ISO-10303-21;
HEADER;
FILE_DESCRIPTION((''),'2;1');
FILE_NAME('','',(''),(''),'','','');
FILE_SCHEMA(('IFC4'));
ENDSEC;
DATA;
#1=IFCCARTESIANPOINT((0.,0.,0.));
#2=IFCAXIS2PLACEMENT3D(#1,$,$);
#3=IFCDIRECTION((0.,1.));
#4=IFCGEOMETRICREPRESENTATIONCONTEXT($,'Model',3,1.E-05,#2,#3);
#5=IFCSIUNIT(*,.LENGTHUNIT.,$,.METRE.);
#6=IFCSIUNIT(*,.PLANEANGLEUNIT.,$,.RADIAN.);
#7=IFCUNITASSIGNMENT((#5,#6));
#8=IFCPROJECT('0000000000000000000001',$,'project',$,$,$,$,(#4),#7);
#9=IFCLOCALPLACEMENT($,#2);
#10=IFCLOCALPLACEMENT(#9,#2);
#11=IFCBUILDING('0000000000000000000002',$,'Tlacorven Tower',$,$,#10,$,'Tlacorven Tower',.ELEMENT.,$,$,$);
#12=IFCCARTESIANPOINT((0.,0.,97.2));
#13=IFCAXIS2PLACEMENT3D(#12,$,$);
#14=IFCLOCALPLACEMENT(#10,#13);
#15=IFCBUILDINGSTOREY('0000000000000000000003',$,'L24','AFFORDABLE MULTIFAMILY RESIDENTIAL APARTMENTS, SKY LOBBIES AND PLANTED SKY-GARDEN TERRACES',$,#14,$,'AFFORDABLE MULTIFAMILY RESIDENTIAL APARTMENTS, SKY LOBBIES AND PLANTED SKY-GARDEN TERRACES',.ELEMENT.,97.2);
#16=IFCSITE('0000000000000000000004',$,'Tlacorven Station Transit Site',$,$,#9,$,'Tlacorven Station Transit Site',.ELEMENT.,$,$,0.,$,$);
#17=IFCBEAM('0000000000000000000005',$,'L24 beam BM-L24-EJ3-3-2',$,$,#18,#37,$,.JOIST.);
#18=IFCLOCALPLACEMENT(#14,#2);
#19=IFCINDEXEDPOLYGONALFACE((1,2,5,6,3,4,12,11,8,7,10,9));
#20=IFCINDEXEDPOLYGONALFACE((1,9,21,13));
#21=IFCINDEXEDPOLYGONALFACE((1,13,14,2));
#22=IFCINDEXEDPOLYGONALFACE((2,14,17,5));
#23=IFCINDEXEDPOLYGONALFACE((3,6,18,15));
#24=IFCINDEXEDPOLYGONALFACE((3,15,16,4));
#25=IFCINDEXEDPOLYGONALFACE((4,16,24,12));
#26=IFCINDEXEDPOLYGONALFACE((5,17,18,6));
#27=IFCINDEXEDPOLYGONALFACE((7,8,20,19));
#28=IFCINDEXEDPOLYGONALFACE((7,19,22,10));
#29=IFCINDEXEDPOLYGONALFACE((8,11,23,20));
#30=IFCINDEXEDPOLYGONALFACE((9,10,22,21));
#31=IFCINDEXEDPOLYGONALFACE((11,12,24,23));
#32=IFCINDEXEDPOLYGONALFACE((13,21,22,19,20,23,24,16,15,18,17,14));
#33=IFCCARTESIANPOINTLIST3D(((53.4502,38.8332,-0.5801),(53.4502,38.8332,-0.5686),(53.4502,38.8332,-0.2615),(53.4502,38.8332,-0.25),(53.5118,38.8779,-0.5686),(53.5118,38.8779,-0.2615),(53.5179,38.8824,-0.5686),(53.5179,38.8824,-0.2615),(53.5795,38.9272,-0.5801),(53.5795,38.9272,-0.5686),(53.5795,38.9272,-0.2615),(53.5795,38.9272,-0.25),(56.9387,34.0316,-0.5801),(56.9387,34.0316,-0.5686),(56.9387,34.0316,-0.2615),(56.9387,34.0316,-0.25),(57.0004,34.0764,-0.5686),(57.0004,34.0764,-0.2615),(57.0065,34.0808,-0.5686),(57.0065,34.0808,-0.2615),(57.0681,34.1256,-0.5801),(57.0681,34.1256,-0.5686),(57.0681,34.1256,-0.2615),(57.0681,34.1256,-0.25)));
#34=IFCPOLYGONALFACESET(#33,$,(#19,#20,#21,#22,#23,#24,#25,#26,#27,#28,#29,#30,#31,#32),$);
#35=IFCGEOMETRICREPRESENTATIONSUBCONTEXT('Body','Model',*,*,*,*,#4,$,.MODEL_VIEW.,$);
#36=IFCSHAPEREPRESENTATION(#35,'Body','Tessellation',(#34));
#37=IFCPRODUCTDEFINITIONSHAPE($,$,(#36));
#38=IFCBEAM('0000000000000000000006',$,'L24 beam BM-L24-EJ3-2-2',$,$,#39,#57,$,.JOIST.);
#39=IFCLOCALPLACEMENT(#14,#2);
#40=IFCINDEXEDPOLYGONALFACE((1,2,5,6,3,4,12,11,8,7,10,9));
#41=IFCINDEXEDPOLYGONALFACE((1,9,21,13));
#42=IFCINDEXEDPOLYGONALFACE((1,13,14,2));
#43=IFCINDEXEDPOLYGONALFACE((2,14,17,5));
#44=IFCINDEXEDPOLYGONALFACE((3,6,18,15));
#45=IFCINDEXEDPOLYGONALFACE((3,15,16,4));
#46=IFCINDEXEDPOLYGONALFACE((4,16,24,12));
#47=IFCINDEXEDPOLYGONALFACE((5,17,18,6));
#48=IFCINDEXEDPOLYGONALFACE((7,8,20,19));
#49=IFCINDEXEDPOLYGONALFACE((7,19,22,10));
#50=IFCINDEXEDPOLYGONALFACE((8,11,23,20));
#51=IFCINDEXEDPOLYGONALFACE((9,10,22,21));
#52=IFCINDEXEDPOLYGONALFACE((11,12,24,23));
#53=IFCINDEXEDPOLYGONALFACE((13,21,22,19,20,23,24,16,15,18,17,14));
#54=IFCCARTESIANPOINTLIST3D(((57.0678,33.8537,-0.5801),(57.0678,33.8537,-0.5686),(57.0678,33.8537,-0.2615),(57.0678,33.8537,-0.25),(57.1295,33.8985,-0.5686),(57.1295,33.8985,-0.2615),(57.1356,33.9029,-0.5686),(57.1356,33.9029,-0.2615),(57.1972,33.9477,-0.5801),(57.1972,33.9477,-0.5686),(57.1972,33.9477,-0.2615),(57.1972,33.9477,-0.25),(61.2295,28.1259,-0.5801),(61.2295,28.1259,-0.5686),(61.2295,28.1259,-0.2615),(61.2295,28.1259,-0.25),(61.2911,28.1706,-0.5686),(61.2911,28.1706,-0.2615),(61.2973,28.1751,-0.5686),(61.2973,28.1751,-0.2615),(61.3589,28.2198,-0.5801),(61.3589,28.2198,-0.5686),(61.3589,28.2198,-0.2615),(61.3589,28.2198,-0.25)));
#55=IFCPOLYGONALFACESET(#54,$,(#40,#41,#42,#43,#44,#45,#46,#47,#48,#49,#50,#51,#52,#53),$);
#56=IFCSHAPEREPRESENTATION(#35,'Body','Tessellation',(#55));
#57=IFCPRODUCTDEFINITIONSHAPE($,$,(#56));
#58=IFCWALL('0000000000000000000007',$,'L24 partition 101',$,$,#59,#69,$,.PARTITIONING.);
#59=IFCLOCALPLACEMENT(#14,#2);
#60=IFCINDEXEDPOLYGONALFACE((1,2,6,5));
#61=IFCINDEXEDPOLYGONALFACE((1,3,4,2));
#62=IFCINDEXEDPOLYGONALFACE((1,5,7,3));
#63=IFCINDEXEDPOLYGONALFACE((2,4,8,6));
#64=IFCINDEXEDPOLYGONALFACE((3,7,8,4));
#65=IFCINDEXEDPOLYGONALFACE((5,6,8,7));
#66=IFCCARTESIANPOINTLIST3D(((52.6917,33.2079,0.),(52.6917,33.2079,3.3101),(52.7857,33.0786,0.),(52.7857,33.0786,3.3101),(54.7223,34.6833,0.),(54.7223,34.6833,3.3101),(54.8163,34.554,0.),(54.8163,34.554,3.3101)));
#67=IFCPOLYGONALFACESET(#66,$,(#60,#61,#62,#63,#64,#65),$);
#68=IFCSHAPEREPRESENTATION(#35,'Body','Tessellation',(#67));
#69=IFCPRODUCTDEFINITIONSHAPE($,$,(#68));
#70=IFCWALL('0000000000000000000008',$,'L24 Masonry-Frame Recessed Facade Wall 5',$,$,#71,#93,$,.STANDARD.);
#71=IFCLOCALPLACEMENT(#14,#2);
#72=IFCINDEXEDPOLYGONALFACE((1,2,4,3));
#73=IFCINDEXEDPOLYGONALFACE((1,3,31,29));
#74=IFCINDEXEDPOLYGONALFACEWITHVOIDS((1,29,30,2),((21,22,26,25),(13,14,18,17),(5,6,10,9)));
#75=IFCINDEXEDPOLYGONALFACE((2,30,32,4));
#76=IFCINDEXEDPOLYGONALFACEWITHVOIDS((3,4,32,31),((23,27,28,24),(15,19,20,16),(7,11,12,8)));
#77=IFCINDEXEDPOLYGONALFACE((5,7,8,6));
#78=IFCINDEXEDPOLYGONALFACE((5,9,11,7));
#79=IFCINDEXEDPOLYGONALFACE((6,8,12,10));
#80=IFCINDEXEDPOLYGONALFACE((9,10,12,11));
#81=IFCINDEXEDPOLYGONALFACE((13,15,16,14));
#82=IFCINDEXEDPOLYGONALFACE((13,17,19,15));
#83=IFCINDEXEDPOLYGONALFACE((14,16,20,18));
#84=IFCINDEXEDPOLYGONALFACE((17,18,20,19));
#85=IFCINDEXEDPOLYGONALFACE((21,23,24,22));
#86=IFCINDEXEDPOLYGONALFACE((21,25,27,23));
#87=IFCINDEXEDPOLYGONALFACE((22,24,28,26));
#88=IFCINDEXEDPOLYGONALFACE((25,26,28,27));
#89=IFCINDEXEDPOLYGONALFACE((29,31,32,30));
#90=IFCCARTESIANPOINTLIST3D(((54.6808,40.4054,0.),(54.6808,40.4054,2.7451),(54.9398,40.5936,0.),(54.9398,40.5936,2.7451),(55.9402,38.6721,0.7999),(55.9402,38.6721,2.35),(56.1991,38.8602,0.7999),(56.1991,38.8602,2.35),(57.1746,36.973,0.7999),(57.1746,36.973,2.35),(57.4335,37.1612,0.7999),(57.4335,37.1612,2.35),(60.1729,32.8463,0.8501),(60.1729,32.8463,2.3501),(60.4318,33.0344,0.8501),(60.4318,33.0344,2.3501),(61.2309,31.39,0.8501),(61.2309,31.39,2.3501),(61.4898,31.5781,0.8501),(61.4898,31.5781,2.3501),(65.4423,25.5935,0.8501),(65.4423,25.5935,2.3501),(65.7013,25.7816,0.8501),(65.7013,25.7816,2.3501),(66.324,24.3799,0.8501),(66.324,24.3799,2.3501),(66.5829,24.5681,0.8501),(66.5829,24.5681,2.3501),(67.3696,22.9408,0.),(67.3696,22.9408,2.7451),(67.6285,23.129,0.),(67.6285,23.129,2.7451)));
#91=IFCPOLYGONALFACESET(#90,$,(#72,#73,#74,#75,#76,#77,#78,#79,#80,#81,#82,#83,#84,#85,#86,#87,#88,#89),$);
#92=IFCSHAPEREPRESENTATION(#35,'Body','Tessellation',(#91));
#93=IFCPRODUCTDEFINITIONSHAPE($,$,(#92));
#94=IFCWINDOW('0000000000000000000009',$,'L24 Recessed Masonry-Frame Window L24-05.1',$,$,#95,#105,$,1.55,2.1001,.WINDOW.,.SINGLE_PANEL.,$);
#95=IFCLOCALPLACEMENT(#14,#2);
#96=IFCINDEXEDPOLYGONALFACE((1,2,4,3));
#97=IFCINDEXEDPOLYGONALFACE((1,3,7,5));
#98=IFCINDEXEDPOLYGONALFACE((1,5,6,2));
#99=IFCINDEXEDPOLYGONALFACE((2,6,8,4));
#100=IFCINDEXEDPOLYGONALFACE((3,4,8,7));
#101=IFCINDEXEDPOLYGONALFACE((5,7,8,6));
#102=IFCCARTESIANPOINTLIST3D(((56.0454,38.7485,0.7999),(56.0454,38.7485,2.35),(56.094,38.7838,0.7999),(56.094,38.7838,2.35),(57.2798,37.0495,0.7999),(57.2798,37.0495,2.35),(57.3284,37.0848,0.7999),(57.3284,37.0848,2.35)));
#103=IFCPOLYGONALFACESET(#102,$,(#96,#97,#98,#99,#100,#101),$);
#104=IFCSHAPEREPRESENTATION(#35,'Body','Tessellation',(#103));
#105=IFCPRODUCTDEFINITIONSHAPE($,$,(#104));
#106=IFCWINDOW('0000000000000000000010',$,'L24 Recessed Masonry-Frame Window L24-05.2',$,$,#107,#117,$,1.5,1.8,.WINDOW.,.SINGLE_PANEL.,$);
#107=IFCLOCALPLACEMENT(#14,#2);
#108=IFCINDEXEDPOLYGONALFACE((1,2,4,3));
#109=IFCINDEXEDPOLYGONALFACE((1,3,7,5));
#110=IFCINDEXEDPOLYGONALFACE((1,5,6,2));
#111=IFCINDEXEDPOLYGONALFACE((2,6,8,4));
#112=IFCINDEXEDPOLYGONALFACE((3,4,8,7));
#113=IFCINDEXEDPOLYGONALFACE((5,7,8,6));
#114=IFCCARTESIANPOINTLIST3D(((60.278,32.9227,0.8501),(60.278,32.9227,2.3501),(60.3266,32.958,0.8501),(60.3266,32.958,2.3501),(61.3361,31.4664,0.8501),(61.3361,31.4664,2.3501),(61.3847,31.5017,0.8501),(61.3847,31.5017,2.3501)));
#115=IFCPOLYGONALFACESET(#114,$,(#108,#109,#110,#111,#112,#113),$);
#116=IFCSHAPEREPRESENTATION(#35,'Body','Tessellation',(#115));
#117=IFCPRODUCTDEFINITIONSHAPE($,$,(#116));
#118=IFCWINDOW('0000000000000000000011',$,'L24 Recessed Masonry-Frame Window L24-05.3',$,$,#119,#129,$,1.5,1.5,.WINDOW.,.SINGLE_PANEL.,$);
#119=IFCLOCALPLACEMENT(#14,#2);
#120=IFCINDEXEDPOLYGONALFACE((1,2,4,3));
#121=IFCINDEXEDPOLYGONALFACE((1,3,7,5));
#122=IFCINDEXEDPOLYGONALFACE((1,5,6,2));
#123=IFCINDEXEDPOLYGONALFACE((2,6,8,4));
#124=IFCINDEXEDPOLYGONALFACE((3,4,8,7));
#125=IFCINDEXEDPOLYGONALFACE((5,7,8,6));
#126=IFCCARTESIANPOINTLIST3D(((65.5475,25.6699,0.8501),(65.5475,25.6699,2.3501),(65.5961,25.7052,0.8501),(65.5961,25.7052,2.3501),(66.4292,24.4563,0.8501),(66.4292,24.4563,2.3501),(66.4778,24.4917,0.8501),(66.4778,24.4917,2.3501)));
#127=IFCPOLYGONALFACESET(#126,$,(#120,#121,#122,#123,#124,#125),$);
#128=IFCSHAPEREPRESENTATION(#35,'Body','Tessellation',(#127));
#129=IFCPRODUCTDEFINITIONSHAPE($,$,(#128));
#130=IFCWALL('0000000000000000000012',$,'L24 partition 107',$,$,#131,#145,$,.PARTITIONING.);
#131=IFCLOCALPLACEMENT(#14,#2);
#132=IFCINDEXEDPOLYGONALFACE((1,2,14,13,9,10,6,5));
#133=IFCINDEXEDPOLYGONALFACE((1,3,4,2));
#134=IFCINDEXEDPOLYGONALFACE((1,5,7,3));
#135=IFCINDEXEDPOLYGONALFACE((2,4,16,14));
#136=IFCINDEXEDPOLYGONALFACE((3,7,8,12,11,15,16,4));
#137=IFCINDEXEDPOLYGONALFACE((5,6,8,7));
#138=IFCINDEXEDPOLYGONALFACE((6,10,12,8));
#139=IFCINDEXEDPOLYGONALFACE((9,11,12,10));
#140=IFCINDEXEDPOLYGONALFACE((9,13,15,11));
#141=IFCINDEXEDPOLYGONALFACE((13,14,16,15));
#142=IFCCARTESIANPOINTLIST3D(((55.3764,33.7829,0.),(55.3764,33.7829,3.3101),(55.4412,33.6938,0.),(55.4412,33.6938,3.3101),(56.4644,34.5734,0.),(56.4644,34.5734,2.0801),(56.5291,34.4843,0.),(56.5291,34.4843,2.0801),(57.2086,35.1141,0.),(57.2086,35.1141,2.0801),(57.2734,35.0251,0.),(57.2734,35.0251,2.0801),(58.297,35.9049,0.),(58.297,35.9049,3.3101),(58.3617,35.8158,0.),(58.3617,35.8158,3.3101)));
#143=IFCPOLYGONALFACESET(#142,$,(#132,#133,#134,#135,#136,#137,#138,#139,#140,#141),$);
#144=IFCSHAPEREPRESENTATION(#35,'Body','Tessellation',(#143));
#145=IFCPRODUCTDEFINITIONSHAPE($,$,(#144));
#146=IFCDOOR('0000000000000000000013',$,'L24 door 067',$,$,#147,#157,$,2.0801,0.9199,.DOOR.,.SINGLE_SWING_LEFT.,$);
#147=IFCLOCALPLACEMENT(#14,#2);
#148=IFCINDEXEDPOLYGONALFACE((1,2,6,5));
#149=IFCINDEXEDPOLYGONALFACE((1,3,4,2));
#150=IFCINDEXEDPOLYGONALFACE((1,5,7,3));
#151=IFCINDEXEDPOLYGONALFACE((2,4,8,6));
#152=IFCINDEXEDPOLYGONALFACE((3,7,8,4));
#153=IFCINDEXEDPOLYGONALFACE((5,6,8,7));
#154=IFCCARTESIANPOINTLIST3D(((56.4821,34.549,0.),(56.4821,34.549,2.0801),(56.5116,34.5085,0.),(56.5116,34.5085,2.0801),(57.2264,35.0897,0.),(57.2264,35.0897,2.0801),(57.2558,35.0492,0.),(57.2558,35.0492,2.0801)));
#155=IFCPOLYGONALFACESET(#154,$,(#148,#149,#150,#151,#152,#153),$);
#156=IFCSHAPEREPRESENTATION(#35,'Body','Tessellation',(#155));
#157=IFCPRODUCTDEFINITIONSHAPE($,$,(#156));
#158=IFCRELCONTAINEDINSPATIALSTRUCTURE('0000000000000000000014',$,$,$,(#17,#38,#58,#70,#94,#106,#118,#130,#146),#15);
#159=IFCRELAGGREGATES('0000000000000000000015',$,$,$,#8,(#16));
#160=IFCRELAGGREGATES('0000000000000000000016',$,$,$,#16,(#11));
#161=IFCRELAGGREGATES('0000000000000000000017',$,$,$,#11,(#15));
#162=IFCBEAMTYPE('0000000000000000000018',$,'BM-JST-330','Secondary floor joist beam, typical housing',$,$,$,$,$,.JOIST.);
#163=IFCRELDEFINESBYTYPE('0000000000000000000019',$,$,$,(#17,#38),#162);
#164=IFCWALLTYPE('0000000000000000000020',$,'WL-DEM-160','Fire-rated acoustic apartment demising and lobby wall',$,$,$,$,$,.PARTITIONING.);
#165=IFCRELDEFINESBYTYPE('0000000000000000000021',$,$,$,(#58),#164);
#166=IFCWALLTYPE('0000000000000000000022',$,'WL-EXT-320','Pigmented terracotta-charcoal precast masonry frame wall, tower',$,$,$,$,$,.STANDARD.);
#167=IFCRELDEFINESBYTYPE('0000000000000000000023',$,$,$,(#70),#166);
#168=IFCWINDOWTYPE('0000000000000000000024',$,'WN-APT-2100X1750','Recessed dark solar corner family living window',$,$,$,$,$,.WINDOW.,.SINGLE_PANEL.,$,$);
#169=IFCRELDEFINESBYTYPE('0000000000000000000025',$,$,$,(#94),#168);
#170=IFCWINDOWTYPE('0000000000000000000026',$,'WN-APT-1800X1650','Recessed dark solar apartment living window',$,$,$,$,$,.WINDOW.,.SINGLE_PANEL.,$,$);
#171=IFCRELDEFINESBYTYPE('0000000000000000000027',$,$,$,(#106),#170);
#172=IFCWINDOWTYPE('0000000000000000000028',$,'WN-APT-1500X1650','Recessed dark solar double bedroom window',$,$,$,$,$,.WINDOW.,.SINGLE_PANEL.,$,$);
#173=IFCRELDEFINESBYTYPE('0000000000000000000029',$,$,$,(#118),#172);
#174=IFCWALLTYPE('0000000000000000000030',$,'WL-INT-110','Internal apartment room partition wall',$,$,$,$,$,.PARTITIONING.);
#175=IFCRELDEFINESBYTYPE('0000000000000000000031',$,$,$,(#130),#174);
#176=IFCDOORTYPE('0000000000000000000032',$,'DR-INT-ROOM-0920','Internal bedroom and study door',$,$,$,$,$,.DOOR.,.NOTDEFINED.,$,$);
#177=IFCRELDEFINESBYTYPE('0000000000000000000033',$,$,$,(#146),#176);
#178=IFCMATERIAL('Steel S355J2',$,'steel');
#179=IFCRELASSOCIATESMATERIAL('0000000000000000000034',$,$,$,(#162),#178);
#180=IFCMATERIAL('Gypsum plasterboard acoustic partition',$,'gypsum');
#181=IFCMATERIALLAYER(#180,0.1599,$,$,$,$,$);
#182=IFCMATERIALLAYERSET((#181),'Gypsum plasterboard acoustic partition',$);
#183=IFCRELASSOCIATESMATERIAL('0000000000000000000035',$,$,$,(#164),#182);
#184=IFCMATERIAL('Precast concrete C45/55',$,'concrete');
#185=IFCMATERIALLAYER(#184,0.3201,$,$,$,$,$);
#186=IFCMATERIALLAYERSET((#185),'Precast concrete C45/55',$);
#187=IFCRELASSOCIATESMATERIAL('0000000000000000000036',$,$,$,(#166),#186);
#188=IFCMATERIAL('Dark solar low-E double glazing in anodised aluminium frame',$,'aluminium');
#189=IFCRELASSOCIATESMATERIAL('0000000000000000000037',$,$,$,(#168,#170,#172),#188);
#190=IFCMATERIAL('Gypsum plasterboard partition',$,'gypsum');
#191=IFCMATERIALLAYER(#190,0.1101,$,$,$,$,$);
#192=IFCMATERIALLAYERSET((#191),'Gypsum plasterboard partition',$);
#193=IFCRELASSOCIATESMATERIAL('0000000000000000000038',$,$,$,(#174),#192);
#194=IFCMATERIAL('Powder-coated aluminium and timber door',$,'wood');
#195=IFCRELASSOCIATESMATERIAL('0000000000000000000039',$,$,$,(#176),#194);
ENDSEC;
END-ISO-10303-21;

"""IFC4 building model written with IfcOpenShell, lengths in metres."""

from ifc_helpers import new_model, si_unit, direction, frame, frame_2d, origin, origin_2d, place, context, subcontext, project, spatial, rectangle, i_section, extrude, source, transform, mapped, material, layer, layer_set, material_profile, profile_set, type_object, element, fill, save


model = new_model("IFC4")

# Units and contexts
model_context = context("Model", 3, precision=1e-05, world=origin(), true_north=direction((0.0, 1.0)))
body_context = subcontext(model_context, "Body", "Model", "MODEL_VIEW")
ifc_project = project(units=[si_unit("LENGTHUNIT", "METRE"), si_unit("PLANEANGLEUNIT", "RADIAN")], contexts=[model_context])

# Site, building, storey
site_placement = place(None, origin())
site = spatial("IfcSite", under=ifc_project, at=site_placement, Name="Tlacorven Station Transit Site", LongName="Tlacorven Station Transit Site", CompositionType="ELEMENT", RefElevation=0.0)
building_placement = place(site_placement, origin())
building = spatial("IfcBuilding", under=site, at=building_placement, Name="Tlacorven Tower", LongName="Tlacorven Tower", CompositionType="ELEMENT")
storey_placement = place(building_placement, frame((0.0, 0.0, 97.2)))
storey = spatial("IfcBuildingStorey", under=building, at=storey_placement, Name="L24", Description="AFFORDABLE MULTIFAMILY RESIDENTIAL APARTMENTS, SKY LOBBIES AND PLANTED SKY-GARDEN TERRACES", LongName="AFFORDABLE MULTIFAMILY RESIDENTIAL APARTMENTS, SKY LOBBIES AND PLANTED SKY-GARDEN TERRACES", CompositionType="ELEMENT", Elevation=97.2)

# Beams
ifc_material_1 = material(Name="Steel S355J2", Category="steel")
ifc_material_profile_1 = material_profile(ifc_material_1, i_section(OverallWidth=0.1599, OverallDepth=0.3301, WebThickness=0.0076, FlangeThickness=0.0115, at=origin_2d()), Name="IPE 330")
ifc_profile_set_1 = profile_set([ifc_material_profile_1], Name="Steel S355J2")
beam_type_1 = type_object("IfcBeamType", Name="BM-JST-330", Description="Secondary floor joist beam, typical housing", PredefinedType="JOIST", material=ifc_profile_set_1)
shared_shape_1 = source(origin(), body_context, "Body", "SweptSolid", [
    extrude(i_section(OverallWidth=0.1599, OverallDepth=0.3301, WebThickness=0.0076, FlangeThickness=0.0115, at=origin_2d()), origin(), (0.0, 0.0, 1.0), 5.9351),
])
for number, where, z_axis, x_axis, name in (
    (1, (57.0034, 34.0786, -0.415), (-0.587788, 0.809015, 0.0), (-0.809015, -0.587788, 0.0), "L24 beam BM-L24-EJ3-3-2"),
):
    element("IfcBeam", number, at=place(storey_placement, frame(where, z_axis=z_axis, x_axis=x_axis)), inside=storey, type_object=beam_type_1, Name=name, PredefinedType="JOIST", context=body_context, shape_type="MappedRepresentation", body=[
        mapped(shared_shape_1, transform((0.0, 0.0, 0.0), scale=1.0)),
    ])
shared_shape_2 = source(origin(), body_context, "Body", "SweptSolid", [
    extrude(i_section(OverallWidth=0.1599, OverallDepth=0.3301, WebThickness=0.0076, FlangeThickness=0.0115, at=origin_2d()), origin(), (0.0, 0.0, 1.0), 7.0801),
])
beam_1_placement = place(storey_placement, frame((61.2942, 28.1729, -0.415), z_axis=(-0.587798, 0.809007, 0.0), x_axis=(-0.809007, -0.587798, 0.0)))
element("IfcBeam", 2, at=beam_1_placement, inside=storey, type_object=beam_type_1, Name="L24 beam BM-L24-EJ3-2-2", PredefinedType="JOIST", context=body_context, shape_type="MappedRepresentation", body=[
    mapped(shared_shape_2, transform((0.0, 0.0, 0.0), scale=1.0)),
])

# Wall
ifc_material_2 = material(Name="Gypsum plasterboard acoustic partition", Category="gypsum")
ifc_layer_1 = layer(ifc_material_2, 0.1599)
ifc_layer_set_1 = layer_set([ifc_layer_1], Name="Gypsum plasterboard acoustic partition")
wall_type_1 = type_object("IfcWallType", Name="WL-DEM-160", Description="Fire-rated acoustic apartment demising and lobby wall", PredefinedType="PARTITIONING", material=ifc_layer_set_1)
wall_1_placement = place(storey_placement, frame((52.7388, 33.1433, 0.0), z_axis=(0.0, 0.0, 1.0), x_axis=(0.809001, 0.587807, 0.0)))
element("IfcWall", 3, at=wall_1_placement, inside=storey, type_object=wall_type_1, Name="L24 partition 101", PredefinedType="PARTITIONING", context=body_context, shape_type="SweptSolid", body=[
    extrude(rectangle(XDim=2.51, YDim=0.1599, at=frame_2d((1.2549, 0.0))), origin(), (0.0, 0.0, 1.0), 3.3101),
])

# Wall, openings, windows
ifc_material_3 = material(Name="Precast concrete C45/55", Category="concrete")
ifc_layer_2 = layer(ifc_material_3, 0.3201)
ifc_layer_set_2 = layer_set([ifc_layer_2], Name="Precast concrete C45/55")
wall_type_2 = type_object("IfcWallType", Name="WL-EXT-320", Description="Pigmented terracotta-charcoal precast masonry frame wall, tower", PredefinedType="STANDARD", material=ifc_layer_set_2)
wall_2_placement = place(storey_placement, frame((54.8103, 40.4995, 0.0), z_axis=(0.0, 0.0, 1.0), x_axis=(0.587784, -0.809018, 0.0)))
wall_2 = element("IfcWall", 4, at=wall_2_placement, inside=storey, type_object=wall_type_2, Name="L24 Masonry-Frame Recessed Facade Wall 5", PredefinedType="STANDARD", context=body_context, shape_type="SweptSolid", body=[
    extrude(rectangle(XDim=21.5874, YDim=0.3201, at=frame_2d((10.7937, 0.0))), origin(), (0.0, 0.0, 1.0), 2.7451),
])
opening_1_placement = place(wall_2_placement, frame((2.1426, 0.0, 0.8)))
opening_1 = element("IfcOpeningElement", 5, at=opening_1_placement, cuts=wall_2, PredefinedType="OPENING", context=body_context, shape_type="SweptSolid", body=[
    extrude(rectangle(XDim=2.1001, YDim=1.55, at=frame_2d((1.05, 0.7749))), frame((0.0, 0.1699, 0.0), z_axis=(0.0, -1.0, 0.0), x_axis=(1.0, 0.0, 0.0)), (0.0, 0.0, 1.0), 0.3401),
])
opening_2_placement = place(wall_2_placement, frame((9.3438, 0.0, 0.8501)))
opening_2 = element("IfcOpeningElement", 6, at=opening_2_placement, cuts=wall_2, PredefinedType="OPENING", context=body_context, shape_type="SweptSolid", body=[
    extrude(rectangle(XDim=1.8, YDim=1.5, at=frame_2d((0.8999, 0.75))), frame((0.0, 0.1699, 0.0), z_axis=(0.0, -1.0, 0.0), x_axis=(1.0, 0.0, 0.0)), (0.0, 0.0, 1.0), 0.3401),
])
opening_3_placement = place(wall_2_placement, frame((18.3086, 0.0, 0.8501)))
opening_3 = element("IfcOpeningElement", 7, at=opening_3_placement, cuts=wall_2, PredefinedType="OPENING", context=body_context, shape_type="SweptSolid", body=[
    extrude(rectangle(XDim=1.5, YDim=1.5, at=frame_2d((0.75, 0.75))), frame((0.0, 0.1699, 0.0), z_axis=(0.0, -1.0, 0.0), x_axis=(1.0, 0.0, 0.0)), (0.0, 0.0, 1.0), 0.3401),
])
ifc_material_4 = material(Name="Dark solar low-E double glazing in anodised aluminium frame", Category="aluminium")
window_type_1 = type_object("IfcWindowType", Name="WN-APT-2100X1750", Description="Recessed dark solar corner family living window", PartitioningType="SINGLE_PANEL", PredefinedType="WINDOW", material=ifc_material_4)
shared_shape_3 = source(origin(), body_context, "Body", "SweptSolid", [
    extrude(rectangle(XDim=2.1001, YDim=1.55, at=frame_2d((1.05, 0.7749))), frame((0.0, 0.03, 0.0), z_axis=(0.0, -1.0, 0.0), x_axis=(1.0, 0.0, 0.0)), (0.0, 0.0, 1.0), 0.0601),
])
window_1_placement = place(opening_1_placement, origin())
window_1 = element("IfcWindow", 8, at=window_1_placement, inside=storey, type_object=window_type_1, Name="L24 Recessed Masonry-Frame Window L24-05.1", OverallHeight=1.55, OverallWidth=2.1001, PartitioningType="SINGLE_PANEL", PredefinedType="WINDOW", context=body_context, shape_type="MappedRepresentation", body=[
    mapped(shared_shape_3, transform((0.0, 0.0, 0.0), scale=1.0)),
])
fill(opening_1, window_1)
window_type_2 = type_object("IfcWindowType", Name="WN-APT-1800X1650", Description="Recessed dark solar apartment living window", PartitioningType="SINGLE_PANEL", PredefinedType="WINDOW", material=ifc_material_4)
shared_shape_4 = source(origin(), body_context, "Body", "SweptSolid", [
    extrude(rectangle(XDim=1.8, YDim=1.5, at=frame_2d((0.8999, 0.75))), frame((0.0, 0.03, 0.0), z_axis=(0.0, -1.0, 0.0), x_axis=(1.0, 0.0, 0.0)), (0.0, 0.0, 1.0), 0.0601),
])
window_2_placement = place(opening_2_placement, origin())
window_2 = element("IfcWindow", 9, at=window_2_placement, inside=storey, type_object=window_type_2, Name="L24 Recessed Masonry-Frame Window L24-05.2", OverallHeight=1.5, OverallWidth=1.8, PartitioningType="SINGLE_PANEL", PredefinedType="WINDOW", context=body_context, shape_type="MappedRepresentation", body=[
    mapped(shared_shape_4, transform((0.0, 0.0, 0.0), scale=1.0)),
])
fill(opening_2, window_2)
window_type_3 = type_object("IfcWindowType", Name="WN-APT-1500X1650", Description="Recessed dark solar double bedroom window", PartitioningType="SINGLE_PANEL", PredefinedType="WINDOW", material=ifc_material_4)
shared_shape_5 = source(origin(), body_context, "Body", "SweptSolid", [
    extrude(rectangle(XDim=1.5, YDim=1.5, at=frame_2d((0.75, 0.75))), frame((0.0, 0.03, 0.0), z_axis=(0.0, -1.0, 0.0), x_axis=(1.0, 0.0, 0.0)), (0.0, 0.0, 1.0), 0.0601),
])
window_3_placement = place(opening_3_placement, origin())
window_3 = element("IfcWindow", 10, at=window_3_placement, inside=storey, type_object=window_type_3, Name="L24 Recessed Masonry-Frame Window L24-05.3", OverallHeight=1.5, OverallWidth=1.5, PartitioningType="SINGLE_PANEL", PredefinedType="WINDOW", context=body_context, shape_type="MappedRepresentation", body=[
    mapped(shared_shape_5, transform((0.0, 0.0, 0.0), scale=1.0)),
])
fill(opening_3, window_3)

# Wall, opening, door
ifc_material_5 = material(Name="Gypsum plasterboard partition", Category="gypsum")
ifc_layer_3 = layer(ifc_material_5, 0.1101)
ifc_layer_set_3 = layer_set([ifc_layer_3], Name="Gypsum plasterboard partition")
wall_type_3 = type_object("IfcWallType", Name="WL-INT-110", Description="Internal apartment room partition wall", PredefinedType="PARTITIONING", material=ifc_layer_set_3)
wall_3_placement = place(storey_placement, frame((55.4087, 33.7383, 0.0), z_axis=(0.0, 0.0, 1.0), x_axis=(0.809005, 0.587802, 0.0)))
wall_3 = element("IfcWall", 11, at=wall_3_placement, inside=storey, type_object=wall_type_3, Name="L24 partition 107", PredefinedType="PARTITIONING", context=body_context, shape_type="SweptSolid", body=[
    extrude(rectangle(XDim=3.6101, YDim=0.1101, at=frame_2d((1.8052, 0.0))), origin(), (0.0, 0.0, 1.0), 3.3101),
])
opening_4_placement = place(wall_3_placement, frame((1.345, 0.0, 0.0)))
opening_4 = element("IfcOpeningElement", 12, at=opening_4_placement, cuts=wall_3, PredefinedType="OPENING", context=body_context, shape_type="SweptSolid", body=[
    extrude(rectangle(XDim=0.9199, YDim=2.0801, at=frame_2d((0.46, 1.04))), frame((0.0, 0.0649, 0.0), z_axis=(0.0, -1.0, 0.0), x_axis=(1.0, 0.0, 0.0)), (0.0, 0.0, 1.0), 0.1301),
])
ifc_material_6 = material(Name="Powder-coated aluminium and timber door", Category="wood")
door_type = type_object("IfcDoorType", Name="DR-INT-ROOM-0920", Description="Internal bedroom and study door", OperationType="NOTDEFINED", PredefinedType="DOOR", material=ifc_material_6)
shared_shape_6 = source(origin(), body_context, "Body", "SweptSolid", [
    extrude(rectangle(XDim=0.9199, YDim=2.0801, at=frame_2d((0.46, 1.04))), frame((0.0, 0.0249, 0.0), z_axis=(0.0, -1.0, 0.0), x_axis=(1.0, 0.0, 0.0)), (0.0, 0.0, 1.0), 0.05),
])
door_placement = place(opening_4_placement, origin())
door = element("IfcDoor", 13, at=door_placement, inside=storey, type_object=door_type, Name="L24 door 067", OperationType="SINGLE_SWING_LEFT", OverallHeight=2.0801, OverallWidth=0.9199, PredefinedType="DOOR", context=body_context, shape_type="MappedRepresentation", body=[
    mapped(shared_shape_6, transform((0.0, 0.0, 0.0), scale=1.0)),
])
fill(opening_4, door)

save(model, "model.ifc")
